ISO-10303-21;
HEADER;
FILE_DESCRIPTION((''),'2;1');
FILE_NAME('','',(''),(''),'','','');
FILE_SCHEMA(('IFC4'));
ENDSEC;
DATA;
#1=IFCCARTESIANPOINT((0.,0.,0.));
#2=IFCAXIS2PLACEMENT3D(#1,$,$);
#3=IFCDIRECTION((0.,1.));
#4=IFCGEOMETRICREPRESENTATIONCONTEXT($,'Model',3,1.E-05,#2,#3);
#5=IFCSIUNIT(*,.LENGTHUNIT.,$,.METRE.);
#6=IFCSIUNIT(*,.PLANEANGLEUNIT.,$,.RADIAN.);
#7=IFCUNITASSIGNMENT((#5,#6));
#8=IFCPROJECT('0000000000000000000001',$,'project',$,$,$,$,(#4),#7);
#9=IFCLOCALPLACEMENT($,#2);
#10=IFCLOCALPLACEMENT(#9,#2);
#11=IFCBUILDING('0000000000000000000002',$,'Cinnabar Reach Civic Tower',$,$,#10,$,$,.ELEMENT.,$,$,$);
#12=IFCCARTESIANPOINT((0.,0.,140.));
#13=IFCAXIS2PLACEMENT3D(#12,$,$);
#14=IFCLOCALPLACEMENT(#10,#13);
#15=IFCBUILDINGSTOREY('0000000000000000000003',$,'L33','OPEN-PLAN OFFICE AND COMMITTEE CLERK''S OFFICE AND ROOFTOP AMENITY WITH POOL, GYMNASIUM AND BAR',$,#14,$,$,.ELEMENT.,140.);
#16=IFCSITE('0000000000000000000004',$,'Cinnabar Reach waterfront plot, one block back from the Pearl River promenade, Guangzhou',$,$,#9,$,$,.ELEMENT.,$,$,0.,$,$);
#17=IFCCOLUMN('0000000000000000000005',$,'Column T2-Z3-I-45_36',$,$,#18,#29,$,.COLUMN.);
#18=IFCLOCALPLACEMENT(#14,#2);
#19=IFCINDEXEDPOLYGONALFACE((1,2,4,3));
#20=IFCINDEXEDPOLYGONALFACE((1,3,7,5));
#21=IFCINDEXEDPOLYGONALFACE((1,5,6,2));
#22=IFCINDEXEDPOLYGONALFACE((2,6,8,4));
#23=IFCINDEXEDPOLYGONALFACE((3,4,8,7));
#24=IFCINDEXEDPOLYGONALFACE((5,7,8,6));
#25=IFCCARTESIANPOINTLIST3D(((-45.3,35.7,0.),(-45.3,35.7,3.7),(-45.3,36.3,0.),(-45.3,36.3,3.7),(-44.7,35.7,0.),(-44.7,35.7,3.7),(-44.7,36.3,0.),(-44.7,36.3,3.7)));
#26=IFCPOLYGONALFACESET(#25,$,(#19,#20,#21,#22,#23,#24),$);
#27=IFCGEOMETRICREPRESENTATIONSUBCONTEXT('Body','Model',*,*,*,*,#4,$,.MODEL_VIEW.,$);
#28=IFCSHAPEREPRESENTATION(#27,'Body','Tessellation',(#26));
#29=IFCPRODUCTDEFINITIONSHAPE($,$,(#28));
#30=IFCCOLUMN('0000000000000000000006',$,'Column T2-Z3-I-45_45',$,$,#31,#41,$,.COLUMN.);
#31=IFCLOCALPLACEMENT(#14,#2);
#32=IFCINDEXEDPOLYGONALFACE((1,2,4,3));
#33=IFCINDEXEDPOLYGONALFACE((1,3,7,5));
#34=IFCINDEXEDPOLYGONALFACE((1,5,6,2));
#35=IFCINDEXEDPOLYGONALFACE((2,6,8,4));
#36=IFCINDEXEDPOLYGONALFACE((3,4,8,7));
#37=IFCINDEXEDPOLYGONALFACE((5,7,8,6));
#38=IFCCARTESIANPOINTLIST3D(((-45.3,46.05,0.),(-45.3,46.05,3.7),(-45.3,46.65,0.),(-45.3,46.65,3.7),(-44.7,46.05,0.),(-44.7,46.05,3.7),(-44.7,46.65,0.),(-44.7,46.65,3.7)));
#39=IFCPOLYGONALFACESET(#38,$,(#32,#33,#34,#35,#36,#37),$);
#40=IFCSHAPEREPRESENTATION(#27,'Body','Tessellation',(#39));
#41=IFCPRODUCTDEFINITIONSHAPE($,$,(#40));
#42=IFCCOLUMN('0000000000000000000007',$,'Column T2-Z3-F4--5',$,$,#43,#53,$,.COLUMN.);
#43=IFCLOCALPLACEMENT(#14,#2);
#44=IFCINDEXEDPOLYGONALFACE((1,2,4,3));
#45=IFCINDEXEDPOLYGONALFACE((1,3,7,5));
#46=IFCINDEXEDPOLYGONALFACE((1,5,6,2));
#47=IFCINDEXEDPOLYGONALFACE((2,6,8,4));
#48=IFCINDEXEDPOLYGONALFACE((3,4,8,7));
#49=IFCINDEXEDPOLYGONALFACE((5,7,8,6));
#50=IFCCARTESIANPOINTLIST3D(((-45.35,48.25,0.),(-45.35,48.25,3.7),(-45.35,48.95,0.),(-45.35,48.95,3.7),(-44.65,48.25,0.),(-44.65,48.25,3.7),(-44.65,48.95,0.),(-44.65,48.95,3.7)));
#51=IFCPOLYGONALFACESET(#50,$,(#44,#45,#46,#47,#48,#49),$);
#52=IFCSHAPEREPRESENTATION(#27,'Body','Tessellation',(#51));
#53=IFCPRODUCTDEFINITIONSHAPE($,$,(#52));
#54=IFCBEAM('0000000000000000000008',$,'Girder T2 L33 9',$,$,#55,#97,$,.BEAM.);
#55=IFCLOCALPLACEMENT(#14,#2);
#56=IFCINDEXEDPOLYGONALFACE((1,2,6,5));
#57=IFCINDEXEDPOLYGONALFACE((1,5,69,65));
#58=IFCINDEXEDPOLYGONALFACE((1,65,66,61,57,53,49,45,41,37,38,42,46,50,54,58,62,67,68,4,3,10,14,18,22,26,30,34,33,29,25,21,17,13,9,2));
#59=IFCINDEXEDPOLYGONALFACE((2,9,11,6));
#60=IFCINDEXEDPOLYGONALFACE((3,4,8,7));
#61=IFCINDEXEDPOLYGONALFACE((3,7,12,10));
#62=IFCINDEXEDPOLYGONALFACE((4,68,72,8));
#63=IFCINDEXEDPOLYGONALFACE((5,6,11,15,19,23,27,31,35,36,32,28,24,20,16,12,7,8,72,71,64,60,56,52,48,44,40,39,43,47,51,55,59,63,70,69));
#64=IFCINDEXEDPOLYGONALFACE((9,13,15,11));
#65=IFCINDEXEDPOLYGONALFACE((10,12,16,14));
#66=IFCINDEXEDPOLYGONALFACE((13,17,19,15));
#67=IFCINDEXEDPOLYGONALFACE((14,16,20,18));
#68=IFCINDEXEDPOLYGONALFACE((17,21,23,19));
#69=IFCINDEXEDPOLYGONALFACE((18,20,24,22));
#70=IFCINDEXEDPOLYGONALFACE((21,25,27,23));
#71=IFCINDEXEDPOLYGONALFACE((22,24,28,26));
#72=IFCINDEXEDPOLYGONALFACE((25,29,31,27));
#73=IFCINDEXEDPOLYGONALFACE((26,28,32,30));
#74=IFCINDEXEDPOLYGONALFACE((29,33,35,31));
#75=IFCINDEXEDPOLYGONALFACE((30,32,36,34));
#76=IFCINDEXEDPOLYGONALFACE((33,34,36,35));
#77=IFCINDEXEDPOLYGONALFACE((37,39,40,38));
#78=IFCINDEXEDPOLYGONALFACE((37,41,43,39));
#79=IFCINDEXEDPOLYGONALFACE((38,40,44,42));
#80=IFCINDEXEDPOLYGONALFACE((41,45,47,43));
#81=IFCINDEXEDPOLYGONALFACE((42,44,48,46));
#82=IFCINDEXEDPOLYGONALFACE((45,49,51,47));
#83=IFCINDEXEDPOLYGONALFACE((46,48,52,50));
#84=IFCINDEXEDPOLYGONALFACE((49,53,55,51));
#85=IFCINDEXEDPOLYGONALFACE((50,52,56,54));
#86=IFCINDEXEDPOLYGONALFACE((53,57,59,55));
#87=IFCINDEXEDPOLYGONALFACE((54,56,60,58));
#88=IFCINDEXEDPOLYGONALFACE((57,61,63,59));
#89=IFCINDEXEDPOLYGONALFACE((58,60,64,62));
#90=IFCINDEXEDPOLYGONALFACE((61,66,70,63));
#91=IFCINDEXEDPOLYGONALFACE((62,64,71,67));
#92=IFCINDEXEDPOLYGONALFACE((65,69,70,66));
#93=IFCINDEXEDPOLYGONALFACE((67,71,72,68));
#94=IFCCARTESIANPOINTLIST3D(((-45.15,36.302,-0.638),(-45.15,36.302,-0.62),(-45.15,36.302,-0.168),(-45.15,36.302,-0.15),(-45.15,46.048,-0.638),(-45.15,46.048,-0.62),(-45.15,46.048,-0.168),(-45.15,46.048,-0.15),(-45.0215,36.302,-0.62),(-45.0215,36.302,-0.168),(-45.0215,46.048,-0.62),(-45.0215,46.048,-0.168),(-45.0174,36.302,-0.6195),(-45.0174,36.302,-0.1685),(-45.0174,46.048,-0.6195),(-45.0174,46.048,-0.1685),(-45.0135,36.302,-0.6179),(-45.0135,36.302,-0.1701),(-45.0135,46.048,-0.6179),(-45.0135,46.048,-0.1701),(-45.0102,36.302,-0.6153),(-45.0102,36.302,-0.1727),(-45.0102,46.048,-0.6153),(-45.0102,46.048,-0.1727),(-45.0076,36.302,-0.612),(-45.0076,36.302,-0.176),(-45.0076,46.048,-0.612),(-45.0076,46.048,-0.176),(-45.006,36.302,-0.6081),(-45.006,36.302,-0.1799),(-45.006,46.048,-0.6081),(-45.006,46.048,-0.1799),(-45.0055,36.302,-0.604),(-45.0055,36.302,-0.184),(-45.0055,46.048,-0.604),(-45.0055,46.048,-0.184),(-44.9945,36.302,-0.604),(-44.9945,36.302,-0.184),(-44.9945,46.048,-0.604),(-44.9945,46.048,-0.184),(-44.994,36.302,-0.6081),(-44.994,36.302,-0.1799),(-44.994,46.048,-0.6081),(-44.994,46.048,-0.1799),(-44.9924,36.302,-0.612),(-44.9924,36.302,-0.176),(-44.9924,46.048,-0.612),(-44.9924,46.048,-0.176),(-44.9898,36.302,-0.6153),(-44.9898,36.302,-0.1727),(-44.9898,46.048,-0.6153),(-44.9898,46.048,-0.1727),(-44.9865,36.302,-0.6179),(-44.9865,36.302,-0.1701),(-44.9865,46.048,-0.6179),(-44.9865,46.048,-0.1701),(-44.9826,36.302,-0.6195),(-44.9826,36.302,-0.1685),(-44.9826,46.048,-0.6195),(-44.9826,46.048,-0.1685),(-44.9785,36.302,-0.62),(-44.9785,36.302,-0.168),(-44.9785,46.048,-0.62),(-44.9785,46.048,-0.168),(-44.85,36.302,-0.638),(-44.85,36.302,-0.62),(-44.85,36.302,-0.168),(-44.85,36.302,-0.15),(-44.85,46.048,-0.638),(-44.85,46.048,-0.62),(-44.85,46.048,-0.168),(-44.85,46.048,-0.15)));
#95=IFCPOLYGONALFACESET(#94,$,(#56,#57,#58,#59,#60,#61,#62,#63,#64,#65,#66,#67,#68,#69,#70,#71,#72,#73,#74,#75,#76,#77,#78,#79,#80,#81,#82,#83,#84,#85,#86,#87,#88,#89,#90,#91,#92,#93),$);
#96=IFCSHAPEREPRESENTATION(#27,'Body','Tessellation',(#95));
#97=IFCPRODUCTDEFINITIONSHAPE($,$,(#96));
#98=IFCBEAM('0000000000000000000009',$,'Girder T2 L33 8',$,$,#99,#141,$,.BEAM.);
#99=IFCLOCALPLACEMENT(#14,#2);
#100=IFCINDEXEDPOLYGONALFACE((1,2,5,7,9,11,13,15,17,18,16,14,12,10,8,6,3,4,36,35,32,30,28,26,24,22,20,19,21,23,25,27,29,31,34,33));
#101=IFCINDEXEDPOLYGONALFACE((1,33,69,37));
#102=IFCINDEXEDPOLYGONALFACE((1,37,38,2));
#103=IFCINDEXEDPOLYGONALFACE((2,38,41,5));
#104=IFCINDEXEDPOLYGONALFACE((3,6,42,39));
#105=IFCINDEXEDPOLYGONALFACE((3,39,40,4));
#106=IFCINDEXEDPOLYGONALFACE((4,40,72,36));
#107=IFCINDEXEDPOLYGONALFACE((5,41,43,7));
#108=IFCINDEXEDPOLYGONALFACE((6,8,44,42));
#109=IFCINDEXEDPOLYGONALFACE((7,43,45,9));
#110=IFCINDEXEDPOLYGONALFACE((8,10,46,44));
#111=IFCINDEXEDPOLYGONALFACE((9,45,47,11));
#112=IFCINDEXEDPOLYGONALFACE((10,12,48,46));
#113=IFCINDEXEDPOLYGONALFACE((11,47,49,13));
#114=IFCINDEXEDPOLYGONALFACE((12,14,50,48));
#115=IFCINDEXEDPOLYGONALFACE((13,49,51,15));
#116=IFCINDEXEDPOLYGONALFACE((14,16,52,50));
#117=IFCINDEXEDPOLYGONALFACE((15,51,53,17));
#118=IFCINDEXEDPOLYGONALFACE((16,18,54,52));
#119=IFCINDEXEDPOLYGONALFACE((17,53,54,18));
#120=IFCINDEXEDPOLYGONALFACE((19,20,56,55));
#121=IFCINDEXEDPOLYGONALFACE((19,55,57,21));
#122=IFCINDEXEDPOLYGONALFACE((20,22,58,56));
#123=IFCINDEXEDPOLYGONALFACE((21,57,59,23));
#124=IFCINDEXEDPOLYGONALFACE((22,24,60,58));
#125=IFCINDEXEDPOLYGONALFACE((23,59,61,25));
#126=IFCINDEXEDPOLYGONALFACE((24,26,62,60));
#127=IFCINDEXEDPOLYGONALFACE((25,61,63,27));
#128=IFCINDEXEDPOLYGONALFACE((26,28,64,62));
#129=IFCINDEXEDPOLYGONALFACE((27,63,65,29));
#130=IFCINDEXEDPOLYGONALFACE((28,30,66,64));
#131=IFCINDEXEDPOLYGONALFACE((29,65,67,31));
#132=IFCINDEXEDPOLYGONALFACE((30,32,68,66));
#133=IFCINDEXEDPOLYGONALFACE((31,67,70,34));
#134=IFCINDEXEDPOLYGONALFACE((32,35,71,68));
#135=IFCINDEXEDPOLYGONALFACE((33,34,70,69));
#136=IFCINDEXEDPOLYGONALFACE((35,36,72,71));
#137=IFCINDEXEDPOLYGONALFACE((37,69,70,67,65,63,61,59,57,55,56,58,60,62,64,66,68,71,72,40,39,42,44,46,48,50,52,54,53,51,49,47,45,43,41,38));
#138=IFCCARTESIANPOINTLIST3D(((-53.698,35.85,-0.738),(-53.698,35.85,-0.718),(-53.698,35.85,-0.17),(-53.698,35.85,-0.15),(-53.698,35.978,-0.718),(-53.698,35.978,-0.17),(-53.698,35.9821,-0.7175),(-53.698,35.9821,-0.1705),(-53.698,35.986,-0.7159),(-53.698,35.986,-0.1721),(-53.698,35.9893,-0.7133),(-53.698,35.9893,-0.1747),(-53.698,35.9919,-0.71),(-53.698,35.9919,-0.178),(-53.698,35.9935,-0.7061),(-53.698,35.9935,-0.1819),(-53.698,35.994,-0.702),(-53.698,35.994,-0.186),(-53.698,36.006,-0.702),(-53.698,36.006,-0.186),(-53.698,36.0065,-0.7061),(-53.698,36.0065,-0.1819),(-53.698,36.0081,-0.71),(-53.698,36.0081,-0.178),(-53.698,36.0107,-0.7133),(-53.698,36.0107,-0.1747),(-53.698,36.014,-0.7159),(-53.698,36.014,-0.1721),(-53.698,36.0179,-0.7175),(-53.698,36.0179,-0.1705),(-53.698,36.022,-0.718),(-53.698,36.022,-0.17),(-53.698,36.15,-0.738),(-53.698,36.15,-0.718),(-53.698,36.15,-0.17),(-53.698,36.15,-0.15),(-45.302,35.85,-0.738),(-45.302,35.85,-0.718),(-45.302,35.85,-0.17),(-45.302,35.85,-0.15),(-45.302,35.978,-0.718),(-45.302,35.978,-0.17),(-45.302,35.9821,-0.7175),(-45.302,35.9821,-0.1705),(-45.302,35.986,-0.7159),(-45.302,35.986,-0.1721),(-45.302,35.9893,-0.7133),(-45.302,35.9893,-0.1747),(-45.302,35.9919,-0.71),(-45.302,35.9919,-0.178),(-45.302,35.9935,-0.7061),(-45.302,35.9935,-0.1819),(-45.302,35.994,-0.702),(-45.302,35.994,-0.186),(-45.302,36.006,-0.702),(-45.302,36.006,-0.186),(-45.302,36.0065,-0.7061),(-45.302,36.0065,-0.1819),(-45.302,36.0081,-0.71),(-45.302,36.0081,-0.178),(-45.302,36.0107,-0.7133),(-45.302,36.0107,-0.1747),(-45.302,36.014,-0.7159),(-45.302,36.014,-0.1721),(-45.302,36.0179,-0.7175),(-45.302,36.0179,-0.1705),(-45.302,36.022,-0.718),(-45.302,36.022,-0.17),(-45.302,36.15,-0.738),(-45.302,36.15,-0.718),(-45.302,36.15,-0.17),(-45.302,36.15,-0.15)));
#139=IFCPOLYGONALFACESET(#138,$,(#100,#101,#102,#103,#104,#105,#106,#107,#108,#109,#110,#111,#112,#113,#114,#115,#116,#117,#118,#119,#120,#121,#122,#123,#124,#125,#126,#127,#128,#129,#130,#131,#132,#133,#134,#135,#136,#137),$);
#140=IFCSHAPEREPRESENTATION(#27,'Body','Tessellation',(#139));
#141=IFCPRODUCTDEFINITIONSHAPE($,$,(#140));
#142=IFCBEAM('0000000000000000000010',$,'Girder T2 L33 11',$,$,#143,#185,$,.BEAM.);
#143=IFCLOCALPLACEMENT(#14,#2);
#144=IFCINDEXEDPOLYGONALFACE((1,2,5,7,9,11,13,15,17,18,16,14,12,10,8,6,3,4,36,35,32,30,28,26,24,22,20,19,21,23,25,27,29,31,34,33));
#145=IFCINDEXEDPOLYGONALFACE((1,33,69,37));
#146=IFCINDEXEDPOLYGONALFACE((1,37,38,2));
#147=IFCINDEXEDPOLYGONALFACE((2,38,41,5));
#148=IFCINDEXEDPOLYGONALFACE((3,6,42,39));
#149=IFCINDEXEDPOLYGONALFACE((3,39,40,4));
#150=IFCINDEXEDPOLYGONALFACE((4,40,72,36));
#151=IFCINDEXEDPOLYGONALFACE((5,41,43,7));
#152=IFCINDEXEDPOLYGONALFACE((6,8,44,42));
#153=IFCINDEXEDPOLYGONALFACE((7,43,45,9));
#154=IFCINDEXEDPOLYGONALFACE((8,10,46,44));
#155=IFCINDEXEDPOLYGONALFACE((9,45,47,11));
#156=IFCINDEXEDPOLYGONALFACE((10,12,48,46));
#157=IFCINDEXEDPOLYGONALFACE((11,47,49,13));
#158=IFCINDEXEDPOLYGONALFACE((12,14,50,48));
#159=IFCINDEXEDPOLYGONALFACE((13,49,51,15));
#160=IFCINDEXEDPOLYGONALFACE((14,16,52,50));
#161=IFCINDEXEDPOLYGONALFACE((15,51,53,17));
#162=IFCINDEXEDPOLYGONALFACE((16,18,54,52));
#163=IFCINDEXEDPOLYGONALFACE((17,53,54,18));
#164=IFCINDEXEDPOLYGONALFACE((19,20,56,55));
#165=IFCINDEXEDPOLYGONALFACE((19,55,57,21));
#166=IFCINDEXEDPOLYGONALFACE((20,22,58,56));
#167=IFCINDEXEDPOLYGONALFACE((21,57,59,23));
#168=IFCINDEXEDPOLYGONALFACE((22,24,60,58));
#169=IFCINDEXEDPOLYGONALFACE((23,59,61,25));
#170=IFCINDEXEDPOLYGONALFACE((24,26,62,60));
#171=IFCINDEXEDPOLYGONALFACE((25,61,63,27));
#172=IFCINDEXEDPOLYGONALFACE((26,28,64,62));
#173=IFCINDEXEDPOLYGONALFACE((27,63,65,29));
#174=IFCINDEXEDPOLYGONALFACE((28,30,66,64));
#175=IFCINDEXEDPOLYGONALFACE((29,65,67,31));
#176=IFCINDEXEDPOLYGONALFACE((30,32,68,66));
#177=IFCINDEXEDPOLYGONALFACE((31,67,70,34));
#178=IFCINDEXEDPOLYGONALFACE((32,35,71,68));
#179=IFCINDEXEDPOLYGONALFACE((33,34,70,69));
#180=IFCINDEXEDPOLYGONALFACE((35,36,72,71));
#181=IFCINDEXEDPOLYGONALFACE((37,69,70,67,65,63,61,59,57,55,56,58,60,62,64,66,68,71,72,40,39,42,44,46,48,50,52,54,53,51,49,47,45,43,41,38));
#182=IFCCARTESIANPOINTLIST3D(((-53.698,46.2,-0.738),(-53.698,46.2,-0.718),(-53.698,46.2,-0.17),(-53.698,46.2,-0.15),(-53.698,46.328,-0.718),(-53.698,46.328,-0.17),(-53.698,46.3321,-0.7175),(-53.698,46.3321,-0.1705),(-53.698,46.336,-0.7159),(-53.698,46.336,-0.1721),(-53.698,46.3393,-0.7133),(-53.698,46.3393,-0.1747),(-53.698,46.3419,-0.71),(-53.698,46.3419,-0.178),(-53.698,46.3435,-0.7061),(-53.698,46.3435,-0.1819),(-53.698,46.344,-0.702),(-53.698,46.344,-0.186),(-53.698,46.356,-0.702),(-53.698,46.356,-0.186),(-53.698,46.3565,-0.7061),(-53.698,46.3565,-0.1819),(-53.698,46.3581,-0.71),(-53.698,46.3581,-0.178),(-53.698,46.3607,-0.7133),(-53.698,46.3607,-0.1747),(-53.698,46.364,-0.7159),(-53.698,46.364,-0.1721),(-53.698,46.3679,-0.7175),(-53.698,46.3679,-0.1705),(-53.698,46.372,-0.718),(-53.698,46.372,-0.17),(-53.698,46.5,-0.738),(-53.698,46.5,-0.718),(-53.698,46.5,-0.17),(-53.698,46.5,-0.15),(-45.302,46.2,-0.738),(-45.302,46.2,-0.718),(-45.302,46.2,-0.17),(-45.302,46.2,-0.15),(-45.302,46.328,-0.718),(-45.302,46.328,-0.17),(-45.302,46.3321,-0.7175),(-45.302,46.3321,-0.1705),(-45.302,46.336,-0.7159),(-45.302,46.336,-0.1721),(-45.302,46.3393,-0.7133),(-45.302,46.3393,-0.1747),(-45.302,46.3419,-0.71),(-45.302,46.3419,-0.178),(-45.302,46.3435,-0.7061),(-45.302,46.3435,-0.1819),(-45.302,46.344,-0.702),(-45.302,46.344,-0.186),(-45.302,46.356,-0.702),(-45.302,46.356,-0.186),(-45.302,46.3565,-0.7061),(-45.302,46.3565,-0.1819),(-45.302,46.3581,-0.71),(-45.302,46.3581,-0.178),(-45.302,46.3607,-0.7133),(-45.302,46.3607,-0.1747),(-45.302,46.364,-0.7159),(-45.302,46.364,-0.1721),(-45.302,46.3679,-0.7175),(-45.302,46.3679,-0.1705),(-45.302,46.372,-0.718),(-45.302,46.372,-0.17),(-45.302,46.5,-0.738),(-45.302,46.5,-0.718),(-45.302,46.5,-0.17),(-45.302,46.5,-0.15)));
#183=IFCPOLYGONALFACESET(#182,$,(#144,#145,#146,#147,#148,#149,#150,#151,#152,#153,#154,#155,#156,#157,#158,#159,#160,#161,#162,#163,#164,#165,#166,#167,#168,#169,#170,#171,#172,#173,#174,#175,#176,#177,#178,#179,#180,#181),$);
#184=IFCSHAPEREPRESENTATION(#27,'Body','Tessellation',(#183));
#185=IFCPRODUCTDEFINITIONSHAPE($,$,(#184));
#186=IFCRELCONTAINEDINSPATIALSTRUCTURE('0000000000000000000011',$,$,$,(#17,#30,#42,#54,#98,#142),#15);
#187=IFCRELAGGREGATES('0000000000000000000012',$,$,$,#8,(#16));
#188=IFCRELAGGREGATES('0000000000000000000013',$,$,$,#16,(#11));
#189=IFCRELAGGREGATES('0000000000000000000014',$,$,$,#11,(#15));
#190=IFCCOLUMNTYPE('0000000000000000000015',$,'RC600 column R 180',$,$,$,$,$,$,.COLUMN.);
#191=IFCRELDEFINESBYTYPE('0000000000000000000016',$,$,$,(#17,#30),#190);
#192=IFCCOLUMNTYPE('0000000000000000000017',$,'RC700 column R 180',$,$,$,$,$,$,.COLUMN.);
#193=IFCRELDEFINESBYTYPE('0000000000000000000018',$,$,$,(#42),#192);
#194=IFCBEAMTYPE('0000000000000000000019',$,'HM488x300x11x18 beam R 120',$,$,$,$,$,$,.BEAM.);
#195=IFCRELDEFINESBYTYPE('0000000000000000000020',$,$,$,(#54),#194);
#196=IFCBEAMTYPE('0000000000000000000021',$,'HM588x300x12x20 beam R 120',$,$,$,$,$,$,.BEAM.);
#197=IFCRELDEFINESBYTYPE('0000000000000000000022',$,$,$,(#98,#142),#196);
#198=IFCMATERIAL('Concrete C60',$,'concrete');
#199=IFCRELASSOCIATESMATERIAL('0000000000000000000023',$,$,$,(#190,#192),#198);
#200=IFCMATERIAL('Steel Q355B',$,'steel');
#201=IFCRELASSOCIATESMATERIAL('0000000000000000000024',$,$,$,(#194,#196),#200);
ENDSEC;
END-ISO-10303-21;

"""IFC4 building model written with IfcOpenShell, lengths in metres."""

from ifc_helpers import new_model, si_unit, direction, frame, origin, origin_2d, place, context, subcontext, project, spatial, rectangle, i_section, extrude, material, material_profile, profile_set, type_object, element, save


model = new_model("IFC4")

# Units and contexts
model_context = context("Model", 3, precision=1e-05, world=origin(), true_north=direction((0.0, 1.0)))
body_context = subcontext(model_context, "Body", "Model", "MODEL_VIEW")
ifc_project = project(units=[si_unit("LENGTHUNIT", "METRE"), si_unit("PLANEANGLEUNIT", "RADIAN")], contexts=[model_context])

# Site, building, storey
site_placement = place(None, origin())
site = spatial("IfcSite", under=ifc_project, at=site_placement, Name="Cinnabar Reach waterfront plot, one block back from the Pearl River promenade, Guangzhou", CompositionType="ELEMENT", RefElevation=0.0)
building_placement = place(site_placement, origin())
building = spatial("IfcBuilding", under=site, at=building_placement, Name="Cinnabar Reach Civic Tower", CompositionType="ELEMENT")
storey_placement = place(building_placement, frame((0.0, 0.0, 140.0)))
storey = spatial("IfcBuildingStorey", under=building, at=storey_placement, Name="L33", Description="OPEN-PLAN OFFICE AND COMMITTEE CLERK'S OFFICE AND ROOFTOP AMENITY WITH POOL, GYMNASIUM AND BAR", CompositionType="ELEMENT", Elevation=140.0)

# Columns
ifc_material_1 = material(Name="Concrete C60", Category="concrete")
ifc_material_profile_1 = material_profile(ifc_material_1, rectangle(XDim=0.6, YDim=0.6, at=origin_2d()), Name="RC600")
ifc_profile_set_1 = profile_set([ifc_material_profile_1], Name="Concrete C60")
column_type_1 = type_object("IfcColumnType", Name="RC600 column R 180", PredefinedType="COLUMN", material=ifc_profile_set_1)
for number, where, z_axis, x_axis, name in (
    (1, (-45.0, 36.0, 0.0), (0.0, 0.0, 1.0), (1.0, 0.0, 0.0), "Column T2-Z3-I-45_36"),
    (2, (-45.0, 46.35, 0.0), (0.0, 0.0, 1.0), (1.0, 0.0, 0.0), "Column T2-Z3-I-45_45"),
):
    element("IfcColumn", number, at=place(storey_placement, frame(where, z_axis=z_axis, x_axis=x_axis)), inside=storey, type_object=column_type_1, Name=name, PredefinedType="COLUMN", context=body_context, shape_type="SweptSolid", body=[
        extrude(rectangle(XDim=0.6, YDim=0.6, at=origin_2d()), origin(), (0.0, 0.0, 1.0), 3.7),
    ])
ifc_material_profile_2 = material_profile(ifc_material_1, rectangle(XDim=0.7, YDim=0.7, at=origin_2d()), Name="RC700")
ifc_profile_set_2 = profile_set([ifc_material_profile_2], Name="Concrete C60")
column_type_2 = type_object("IfcColumnType", Name="RC700 column R 180", PredefinedType="COLUMN", material=ifc_profile_set_2)
column_placement = place(storey_placement, frame((-45.0, 48.6, 0.0), z_axis=(0.0, 0.0, 1.0), x_axis=(1.0, 0.0, 0.0)))
element("IfcColumn", 3, at=column_placement, inside=storey, type_object=column_type_2, Name="Column T2-Z3-F4--5", PredefinedType="COLUMN", context=body_context, shape_type="SweptSolid", body=[
    extrude(rectangle(XDim=0.7, YDim=0.7, at=origin_2d()), origin(), (0.0, 0.0, 1.0), 3.7),
])

# Beams
ifc_material_2 = material(Name="Steel Q355B", Category="steel")
ifc_material_profile_3 = material_profile(ifc_material_2, i_section(OverallWidth=0.3, OverallDepth=0.488, WebThickness=0.011, FlangeThickness=0.018, FilletRadius=0.016, at=origin_2d()), Name="HM488x300x11x18")
ifc_profile_set_3 = profile_set([ifc_material_profile_3], Name="Steel Q355B")
beam_type_1 = type_object("IfcBeamType", Name="HM488x300x11x18 beam R 120", PredefinedType="BEAM", material=ifc_profile_set_3)
beam_1_placement = place(storey_placement, frame((-45.0, 36.302, -0.394), z_axis=(0.0, 1.0, 0.0), x_axis=(-1.0, 0.0, 0.0)))
element("IfcBeam", 4, at=beam_1_placement, inside=storey, type_object=beam_type_1, Name="Girder T2 L33 9", PredefinedType="BEAM", context=body_context, shape_type="SweptSolid", body=[
    extrude(i_section(OverallWidth=0.3, OverallDepth=0.488, WebThickness=0.011, FlangeThickness=0.018, FilletRadius=0.016, at=origin_2d()), origin(), (0.0, 0.0, 1.0), 9.746),
])
ifc_material_profile_4 = material_profile(ifc_material_2, i_section(OverallWidth=0.3, OverallDepth=0.588, WebThickness=0.012, FlangeThickness=0.02, FilletRadius=0.016, at=origin_2d()), Name="HM588x300x12x20")
ifc_profile_set_4 = profile_set([ifc_material_profile_4], Name="Steel Q355B")
beam_type_2 = type_object("IfcBeamType", Name="HM588x300x12x20 beam R 120", PredefinedType="BEAM", material=ifc_profile_set_4)
for number, where, z_axis, x_axis, name in (
    (5, (-53.698, 36.0, -0.444), (1.0, 0.0, 0.0), (0.0, 1.0, 0.0), "Girder T2 L33 8"),
    (6, (-53.698, 46.35, -0.444), (1.0, 0.0, 0.0), (0.0, 1.0, 0.0), "Girder T2 L33 11"),
):
    element("IfcBeam", number, at=place(storey_placement, frame(where, z_axis=z_axis, x_axis=x_axis)), inside=storey, type_object=beam_type_2, Name=name, PredefinedType="BEAM", context=body_context, shape_type="SweptSolid", body=[
        extrude(i_section(OverallWidth=0.3, OverallDepth=0.588, WebThickness=0.012, FlangeThickness=0.02, FilletRadius=0.016, at=origin_2d()), origin(), (0.0, 0.0, 1.0), 8.396),
    ])

save(model, "model.ifc")
